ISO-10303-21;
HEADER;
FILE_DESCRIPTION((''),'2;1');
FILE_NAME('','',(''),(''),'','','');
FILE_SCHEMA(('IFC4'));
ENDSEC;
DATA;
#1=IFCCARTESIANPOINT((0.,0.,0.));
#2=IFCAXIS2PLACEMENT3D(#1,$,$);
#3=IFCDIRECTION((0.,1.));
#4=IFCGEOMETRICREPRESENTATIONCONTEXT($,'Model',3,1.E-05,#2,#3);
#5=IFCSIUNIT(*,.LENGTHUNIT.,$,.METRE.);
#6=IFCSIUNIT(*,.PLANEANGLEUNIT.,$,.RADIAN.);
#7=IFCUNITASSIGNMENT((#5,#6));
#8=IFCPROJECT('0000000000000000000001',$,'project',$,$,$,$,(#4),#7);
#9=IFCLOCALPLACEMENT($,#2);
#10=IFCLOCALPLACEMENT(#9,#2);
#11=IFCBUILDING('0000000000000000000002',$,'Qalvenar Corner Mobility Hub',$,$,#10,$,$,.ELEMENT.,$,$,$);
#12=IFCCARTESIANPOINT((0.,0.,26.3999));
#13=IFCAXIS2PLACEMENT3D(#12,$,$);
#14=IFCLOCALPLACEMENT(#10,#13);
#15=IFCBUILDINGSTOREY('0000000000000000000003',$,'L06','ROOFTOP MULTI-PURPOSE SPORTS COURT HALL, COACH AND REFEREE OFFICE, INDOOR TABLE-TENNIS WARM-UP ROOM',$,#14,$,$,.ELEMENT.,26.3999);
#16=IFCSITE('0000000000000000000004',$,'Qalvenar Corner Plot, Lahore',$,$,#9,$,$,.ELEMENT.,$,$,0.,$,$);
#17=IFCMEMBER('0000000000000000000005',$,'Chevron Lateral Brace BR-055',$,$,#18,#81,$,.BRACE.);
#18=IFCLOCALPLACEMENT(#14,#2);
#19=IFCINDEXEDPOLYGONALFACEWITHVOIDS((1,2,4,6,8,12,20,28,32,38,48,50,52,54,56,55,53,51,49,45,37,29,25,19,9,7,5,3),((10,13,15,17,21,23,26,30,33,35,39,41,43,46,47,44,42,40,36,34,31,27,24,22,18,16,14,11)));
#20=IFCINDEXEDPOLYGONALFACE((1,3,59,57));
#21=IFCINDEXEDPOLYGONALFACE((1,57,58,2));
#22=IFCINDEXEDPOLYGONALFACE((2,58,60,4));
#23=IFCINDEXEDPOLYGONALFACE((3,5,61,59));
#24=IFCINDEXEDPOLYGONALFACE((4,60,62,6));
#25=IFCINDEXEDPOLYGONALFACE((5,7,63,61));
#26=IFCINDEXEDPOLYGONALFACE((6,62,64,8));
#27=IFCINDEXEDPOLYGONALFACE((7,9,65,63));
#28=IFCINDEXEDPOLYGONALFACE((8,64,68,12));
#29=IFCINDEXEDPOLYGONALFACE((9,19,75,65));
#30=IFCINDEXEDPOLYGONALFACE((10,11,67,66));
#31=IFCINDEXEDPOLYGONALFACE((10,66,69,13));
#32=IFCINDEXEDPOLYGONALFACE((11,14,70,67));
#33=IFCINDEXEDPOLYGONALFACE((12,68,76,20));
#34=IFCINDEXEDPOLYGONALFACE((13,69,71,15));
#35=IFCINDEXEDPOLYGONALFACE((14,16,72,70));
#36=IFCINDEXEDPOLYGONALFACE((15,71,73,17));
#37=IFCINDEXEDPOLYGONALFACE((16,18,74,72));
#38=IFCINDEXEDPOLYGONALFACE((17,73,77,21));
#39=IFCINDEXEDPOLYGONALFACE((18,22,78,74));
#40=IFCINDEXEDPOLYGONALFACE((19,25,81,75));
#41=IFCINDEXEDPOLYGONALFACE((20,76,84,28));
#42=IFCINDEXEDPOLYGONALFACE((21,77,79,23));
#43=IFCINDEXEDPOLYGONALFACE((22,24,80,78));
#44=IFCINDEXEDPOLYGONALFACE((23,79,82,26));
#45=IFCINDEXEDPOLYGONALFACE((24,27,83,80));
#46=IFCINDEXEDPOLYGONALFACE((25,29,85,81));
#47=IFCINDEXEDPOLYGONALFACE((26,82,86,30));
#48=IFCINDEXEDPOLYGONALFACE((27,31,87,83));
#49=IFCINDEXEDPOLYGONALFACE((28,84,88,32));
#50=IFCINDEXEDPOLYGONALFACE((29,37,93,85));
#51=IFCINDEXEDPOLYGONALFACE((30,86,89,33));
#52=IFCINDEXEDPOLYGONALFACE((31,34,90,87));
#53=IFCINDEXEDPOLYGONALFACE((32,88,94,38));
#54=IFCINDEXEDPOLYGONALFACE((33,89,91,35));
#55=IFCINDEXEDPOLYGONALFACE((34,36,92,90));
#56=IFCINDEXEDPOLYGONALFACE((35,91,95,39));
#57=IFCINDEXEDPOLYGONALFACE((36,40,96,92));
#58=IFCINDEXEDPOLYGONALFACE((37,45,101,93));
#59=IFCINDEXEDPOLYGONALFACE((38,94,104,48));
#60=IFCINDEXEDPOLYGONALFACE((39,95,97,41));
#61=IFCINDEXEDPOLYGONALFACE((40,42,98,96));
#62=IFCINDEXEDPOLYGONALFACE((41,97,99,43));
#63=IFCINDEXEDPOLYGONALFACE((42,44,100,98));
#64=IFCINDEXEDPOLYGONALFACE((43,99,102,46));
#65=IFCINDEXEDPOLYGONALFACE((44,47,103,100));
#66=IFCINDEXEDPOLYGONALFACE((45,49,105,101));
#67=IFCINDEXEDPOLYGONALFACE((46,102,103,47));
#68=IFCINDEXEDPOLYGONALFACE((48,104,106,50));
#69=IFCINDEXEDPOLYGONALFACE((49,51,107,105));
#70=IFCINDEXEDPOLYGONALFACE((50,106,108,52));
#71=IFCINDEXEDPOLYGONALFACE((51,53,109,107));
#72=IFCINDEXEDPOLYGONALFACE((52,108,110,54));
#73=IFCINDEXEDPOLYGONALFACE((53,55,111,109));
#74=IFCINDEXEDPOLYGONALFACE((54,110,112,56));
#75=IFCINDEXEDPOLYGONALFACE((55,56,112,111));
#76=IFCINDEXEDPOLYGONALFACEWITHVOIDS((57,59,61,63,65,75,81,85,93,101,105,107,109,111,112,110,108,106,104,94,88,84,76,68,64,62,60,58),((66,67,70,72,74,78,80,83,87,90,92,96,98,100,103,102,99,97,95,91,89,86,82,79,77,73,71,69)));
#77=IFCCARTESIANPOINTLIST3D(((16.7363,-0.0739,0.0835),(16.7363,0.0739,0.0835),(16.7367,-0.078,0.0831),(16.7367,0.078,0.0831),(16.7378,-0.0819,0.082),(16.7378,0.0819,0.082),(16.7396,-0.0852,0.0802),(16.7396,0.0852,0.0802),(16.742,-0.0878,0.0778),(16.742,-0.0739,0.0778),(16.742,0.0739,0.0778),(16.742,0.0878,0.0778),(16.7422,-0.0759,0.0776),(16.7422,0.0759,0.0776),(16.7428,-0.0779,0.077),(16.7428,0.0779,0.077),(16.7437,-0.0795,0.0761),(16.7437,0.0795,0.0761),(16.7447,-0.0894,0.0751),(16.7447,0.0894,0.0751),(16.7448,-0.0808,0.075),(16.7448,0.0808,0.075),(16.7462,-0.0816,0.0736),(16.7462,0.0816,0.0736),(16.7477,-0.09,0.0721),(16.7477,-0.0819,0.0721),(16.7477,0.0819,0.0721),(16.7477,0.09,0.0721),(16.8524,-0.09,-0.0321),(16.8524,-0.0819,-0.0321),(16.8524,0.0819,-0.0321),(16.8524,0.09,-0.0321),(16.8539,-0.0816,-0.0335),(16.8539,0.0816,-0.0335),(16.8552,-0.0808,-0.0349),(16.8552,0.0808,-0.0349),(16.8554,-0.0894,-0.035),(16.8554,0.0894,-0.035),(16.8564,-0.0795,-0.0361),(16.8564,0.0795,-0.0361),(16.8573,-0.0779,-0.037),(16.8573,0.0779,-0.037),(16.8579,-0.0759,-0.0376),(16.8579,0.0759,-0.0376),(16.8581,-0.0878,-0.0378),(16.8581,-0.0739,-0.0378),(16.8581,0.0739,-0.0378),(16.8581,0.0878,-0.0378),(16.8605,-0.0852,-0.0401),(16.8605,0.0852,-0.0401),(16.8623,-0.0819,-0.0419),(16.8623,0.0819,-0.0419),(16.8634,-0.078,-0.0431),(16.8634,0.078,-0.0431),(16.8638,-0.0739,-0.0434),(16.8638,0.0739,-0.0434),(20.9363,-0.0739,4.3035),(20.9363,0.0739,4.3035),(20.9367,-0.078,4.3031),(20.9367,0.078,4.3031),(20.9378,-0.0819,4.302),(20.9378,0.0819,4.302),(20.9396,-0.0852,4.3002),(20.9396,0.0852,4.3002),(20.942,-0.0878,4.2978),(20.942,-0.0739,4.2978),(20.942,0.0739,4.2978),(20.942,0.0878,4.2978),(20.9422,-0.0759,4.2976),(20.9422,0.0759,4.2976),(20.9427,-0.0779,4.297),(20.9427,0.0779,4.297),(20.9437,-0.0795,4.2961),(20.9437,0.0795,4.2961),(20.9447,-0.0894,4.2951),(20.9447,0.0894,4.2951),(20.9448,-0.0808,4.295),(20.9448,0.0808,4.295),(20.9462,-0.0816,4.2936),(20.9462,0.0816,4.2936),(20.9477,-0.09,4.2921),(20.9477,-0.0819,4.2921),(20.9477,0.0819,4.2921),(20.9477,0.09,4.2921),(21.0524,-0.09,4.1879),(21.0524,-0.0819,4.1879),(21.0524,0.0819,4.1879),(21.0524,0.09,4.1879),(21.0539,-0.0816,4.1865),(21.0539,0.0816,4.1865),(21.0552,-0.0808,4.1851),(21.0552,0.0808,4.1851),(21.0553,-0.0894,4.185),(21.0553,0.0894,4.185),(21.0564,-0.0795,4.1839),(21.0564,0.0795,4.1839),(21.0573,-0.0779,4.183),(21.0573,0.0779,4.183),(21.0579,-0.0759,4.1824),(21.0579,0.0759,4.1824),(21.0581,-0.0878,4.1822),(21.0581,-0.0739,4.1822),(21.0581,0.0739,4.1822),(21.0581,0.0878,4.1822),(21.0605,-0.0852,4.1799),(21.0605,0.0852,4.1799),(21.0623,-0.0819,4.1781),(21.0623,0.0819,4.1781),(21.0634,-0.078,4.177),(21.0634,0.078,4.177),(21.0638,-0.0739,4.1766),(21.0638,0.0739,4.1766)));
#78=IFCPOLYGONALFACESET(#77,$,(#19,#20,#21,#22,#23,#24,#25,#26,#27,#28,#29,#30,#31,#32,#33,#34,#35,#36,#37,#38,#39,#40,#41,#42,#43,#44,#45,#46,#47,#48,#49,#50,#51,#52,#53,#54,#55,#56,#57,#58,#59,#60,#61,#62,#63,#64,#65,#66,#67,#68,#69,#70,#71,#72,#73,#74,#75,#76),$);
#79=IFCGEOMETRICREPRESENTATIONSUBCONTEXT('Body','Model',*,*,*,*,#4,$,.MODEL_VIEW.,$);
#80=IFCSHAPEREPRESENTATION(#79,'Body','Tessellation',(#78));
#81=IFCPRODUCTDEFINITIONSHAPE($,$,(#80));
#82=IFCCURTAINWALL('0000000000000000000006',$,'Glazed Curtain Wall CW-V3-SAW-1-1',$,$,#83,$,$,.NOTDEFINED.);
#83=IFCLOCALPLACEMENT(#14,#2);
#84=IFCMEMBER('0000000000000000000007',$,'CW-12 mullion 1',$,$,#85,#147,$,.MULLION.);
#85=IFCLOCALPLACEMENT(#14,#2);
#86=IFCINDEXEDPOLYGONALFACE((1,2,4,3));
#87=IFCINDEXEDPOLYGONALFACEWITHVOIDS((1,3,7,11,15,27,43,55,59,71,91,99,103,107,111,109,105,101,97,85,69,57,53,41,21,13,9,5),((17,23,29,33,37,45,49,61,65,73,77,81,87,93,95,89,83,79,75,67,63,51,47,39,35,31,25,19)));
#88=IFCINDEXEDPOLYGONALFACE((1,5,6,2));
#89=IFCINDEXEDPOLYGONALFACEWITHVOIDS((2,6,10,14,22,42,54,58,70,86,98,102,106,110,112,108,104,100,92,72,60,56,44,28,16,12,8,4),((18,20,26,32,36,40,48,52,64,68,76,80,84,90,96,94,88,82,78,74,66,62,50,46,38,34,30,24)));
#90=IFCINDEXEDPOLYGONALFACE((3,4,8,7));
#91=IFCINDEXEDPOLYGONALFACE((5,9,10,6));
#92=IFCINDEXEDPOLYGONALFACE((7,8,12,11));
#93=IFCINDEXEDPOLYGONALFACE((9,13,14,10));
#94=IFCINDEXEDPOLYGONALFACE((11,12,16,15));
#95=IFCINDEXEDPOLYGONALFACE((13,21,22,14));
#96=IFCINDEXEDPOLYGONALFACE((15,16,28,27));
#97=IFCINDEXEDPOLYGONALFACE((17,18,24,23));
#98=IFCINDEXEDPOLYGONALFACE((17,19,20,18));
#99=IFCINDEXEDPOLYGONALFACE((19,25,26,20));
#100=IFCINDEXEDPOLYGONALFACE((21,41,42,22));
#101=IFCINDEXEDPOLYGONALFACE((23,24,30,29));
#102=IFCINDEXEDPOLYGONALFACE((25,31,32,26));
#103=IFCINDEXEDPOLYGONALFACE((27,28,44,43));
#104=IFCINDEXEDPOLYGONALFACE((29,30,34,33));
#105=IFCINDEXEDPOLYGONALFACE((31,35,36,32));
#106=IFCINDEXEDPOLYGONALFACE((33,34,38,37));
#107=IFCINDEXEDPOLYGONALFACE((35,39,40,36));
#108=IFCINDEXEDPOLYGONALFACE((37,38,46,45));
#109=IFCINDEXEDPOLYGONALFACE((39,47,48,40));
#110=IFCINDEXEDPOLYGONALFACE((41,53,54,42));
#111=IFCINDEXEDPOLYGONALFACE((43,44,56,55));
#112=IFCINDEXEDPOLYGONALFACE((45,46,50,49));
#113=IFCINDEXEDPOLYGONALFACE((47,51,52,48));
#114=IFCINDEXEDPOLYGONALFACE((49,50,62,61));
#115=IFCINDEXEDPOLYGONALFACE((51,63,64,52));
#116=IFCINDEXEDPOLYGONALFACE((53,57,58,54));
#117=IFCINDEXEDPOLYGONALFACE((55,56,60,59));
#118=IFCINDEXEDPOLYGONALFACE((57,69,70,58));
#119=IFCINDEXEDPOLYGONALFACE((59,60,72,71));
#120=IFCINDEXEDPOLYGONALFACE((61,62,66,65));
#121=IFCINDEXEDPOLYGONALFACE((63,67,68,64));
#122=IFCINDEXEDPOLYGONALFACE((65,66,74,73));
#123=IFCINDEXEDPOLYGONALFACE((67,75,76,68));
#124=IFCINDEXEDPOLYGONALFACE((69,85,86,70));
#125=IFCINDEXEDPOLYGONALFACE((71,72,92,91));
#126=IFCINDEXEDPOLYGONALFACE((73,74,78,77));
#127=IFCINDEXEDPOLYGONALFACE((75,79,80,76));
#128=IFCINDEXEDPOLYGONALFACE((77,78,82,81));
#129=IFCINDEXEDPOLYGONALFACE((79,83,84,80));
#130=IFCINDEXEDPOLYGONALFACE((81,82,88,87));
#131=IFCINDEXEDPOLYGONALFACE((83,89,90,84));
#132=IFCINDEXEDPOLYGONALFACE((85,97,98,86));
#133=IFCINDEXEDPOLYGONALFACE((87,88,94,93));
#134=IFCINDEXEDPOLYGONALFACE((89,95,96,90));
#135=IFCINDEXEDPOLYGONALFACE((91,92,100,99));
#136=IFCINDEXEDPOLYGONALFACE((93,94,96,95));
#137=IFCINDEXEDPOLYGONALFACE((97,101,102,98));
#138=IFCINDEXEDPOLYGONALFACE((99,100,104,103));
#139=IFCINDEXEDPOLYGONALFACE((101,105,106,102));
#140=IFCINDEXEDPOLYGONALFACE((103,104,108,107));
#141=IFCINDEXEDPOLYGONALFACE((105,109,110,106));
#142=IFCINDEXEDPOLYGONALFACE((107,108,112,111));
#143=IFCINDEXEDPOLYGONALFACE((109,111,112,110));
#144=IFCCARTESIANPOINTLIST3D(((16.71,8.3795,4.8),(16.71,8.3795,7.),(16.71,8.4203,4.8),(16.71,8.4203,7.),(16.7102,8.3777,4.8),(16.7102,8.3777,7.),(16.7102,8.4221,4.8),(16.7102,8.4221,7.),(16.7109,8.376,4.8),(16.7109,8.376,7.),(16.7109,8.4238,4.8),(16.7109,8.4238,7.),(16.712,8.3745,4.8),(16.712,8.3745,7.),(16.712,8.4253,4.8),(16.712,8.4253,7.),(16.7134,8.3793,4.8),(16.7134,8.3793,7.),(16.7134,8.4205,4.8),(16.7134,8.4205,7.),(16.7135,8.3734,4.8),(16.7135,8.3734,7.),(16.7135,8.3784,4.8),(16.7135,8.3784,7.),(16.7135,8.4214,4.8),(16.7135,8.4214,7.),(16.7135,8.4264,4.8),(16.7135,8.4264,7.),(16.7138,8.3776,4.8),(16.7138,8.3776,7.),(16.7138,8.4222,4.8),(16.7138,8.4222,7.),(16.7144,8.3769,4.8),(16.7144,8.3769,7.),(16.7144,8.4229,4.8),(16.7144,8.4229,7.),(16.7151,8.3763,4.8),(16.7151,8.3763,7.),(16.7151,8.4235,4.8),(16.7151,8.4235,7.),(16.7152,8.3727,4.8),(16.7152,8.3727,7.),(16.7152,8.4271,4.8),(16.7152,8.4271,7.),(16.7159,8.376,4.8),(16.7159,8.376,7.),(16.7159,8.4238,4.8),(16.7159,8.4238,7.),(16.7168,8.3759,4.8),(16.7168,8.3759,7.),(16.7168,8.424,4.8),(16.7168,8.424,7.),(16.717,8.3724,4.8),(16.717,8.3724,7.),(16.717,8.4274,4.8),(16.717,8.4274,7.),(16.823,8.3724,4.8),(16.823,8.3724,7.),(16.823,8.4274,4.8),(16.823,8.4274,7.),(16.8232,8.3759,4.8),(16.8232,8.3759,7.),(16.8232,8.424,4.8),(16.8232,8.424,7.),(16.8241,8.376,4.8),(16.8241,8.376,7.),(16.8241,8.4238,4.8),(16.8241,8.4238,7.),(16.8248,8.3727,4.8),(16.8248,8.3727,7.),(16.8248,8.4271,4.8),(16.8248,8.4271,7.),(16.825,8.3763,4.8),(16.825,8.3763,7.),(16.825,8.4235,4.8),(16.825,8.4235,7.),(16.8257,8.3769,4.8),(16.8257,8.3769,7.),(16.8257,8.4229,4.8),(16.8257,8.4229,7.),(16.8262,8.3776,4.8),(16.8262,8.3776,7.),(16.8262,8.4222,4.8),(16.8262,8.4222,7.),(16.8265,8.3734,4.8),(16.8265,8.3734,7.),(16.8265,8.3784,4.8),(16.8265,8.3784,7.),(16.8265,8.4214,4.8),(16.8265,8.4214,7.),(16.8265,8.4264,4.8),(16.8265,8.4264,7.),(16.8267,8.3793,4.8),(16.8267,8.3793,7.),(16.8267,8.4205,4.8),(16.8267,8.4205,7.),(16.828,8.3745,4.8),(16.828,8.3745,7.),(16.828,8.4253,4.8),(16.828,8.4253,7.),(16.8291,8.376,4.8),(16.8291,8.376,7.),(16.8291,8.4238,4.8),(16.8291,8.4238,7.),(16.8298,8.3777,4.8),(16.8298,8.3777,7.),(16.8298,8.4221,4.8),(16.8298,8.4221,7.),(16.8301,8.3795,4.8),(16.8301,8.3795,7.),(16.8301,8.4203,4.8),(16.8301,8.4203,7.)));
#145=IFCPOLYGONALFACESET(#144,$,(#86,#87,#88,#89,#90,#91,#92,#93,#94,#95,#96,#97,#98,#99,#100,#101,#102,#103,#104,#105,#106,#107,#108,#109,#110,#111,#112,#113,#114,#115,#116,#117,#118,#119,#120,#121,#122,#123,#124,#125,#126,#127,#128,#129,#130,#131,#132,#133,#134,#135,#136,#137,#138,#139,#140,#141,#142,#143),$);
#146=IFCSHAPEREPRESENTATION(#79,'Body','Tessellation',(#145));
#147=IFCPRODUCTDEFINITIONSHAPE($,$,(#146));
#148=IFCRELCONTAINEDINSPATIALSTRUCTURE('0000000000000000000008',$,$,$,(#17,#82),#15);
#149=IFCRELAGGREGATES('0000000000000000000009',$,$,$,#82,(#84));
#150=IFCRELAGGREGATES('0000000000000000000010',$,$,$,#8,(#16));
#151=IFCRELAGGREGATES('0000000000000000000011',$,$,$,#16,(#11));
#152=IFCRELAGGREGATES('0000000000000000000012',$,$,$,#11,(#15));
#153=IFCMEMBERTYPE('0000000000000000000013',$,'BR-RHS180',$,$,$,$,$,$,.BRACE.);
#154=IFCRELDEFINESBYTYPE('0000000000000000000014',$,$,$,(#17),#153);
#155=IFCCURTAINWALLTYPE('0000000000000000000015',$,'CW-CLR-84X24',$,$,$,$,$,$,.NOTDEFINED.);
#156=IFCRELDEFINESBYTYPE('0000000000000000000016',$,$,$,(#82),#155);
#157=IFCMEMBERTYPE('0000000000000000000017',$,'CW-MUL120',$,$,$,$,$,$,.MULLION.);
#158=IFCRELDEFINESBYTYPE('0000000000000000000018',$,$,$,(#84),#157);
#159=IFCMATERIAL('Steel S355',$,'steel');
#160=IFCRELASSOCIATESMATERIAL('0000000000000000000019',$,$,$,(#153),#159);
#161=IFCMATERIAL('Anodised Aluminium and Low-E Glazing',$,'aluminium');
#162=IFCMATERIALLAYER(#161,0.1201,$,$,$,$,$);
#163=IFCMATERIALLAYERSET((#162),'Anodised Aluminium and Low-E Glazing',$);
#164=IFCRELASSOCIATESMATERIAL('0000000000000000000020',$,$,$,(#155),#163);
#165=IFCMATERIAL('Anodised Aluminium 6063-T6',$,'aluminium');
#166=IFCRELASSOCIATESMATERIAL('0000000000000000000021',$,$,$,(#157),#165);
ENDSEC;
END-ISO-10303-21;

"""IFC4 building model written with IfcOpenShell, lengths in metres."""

from ifc_helpers import new_model, si_unit, direction, frame, origin, origin_2d, place, context, subcontext, project, spatial, hollow_rectangle, extrude, material, layer, layer_set, material_profile, profile_set, type_object, element, aggregate, save


model = new_model("IFC4")

# Units and contexts
model_context = context("Model", 3, precision=1e-05, world=origin(), true_north=direction((0.0, 1.0)))
body_context = subcontext(model_context, "Body", "Model", "MODEL_VIEW")
ifc_project = project(units=[si_unit("LENGTHUNIT", "METRE"), si_unit("PLANEANGLEUNIT", "RADIAN")], contexts=[model_context])

# Site, building, storey
site_placement = place(None, origin())
site = spatial("IfcSite", under=ifc_project, at=site_placement, Name="Qalvenar Corner Plot, Lahore", CompositionType="ELEMENT", RefElevation=0.0)
building_placement = place(site_placement, origin())
building = spatial("IfcBuilding", under=site, at=building_placement, Name="Qalvenar Corner Mobility Hub", CompositionType="ELEMENT")
storey_placement = place(building_placement, frame((0.0, 0.0, 26.3999)))
storey = spatial("IfcBuildingStorey", under=building, at=storey_placement, Name="L06", Description="ROOFTOP MULTI-PURPOSE SPORTS COURT HALL, COACH AND REFEREE OFFICE, INDOOR TABLE-TENNIS WARM-UP ROOM", CompositionType="ELEMENT", Elevation=26.3999)

# Shared definitions
ifc_material_1 = material(Name="Steel S355", Category="steel")

# Member
ifc_material_profile_1 = material_profile(ifc_material_1, hollow_rectangle(XDim=0.1799, YDim=0.1799, WallThickness=0.0081, InnerFilletRadius=0.0081, OuterFilletRadius=0.0161, at=origin_2d()), Name="SHS180x180x8")
ifc_profile_set_1 = profile_set([ifc_material_profile_1], Name="Steel S355")
member_type_1 = type_object("IfcMemberType", Name="BR-RHS180", PredefinedType="BRACE", material=ifc_profile_set_1)
member_1_placement = place(storey_placement, frame((16.8, 0.0, 0.02), z_axis=(0.705424, 0.0, 0.708786), x_axis=(0.0, 1.0, 0.0)))
element("IfcMember", 1, at=member_1_placement, inside=storey, type_object=member_type_1, Name="Chevron Lateral Brace BR-055", PredefinedType="BRACE", context=body_context, shape_type="SweptSolid", body=[
    extrude(hollow_rectangle(XDim=0.1799, YDim=0.1799, WallThickness=0.0081, InnerFilletRadius=0.0081, OuterFilletRadius=0.0161, at=origin_2d()), origin(), (0.0, 0.0, 1.0), 5.9539),
])

# Curtain wall, member
ifc_material_2 = material(Name="Anodised Aluminium and Low-E Glazing", Category="aluminium")
ifc_layer_1 = layer(ifc_material_2, 0.1201)
ifc_layer_set_1 = layer_set([ifc_layer_1], Name="Anodised Aluminium and Low-E Glazing")
curtain_wall_type = type_object("IfcCurtainWallType", Name="CW-CLR-84X24", PredefinedType="NOTDEFINED", material=ifc_layer_set_1)
curtain_wall_placement = place(storey_placement, origin())
curtain_wall = element("IfcCurtainWall", 2, at=curtain_wall_placement, inside=storey, type_object=curtain_wall_type, Name="Glazed Curtain Wall CW-V3-SAW-1-1", PredefinedType="NOTDEFINED")
ifc_material_3 = material(Name="Anodised Aluminium 6063-T6", Category="aluminium")
ifc_material_profile_2 = material_profile(ifc_material_3, hollow_rectangle(XDim=0.0549, YDim=0.1201, WallThickness=0.0034, InnerFilletRadius=0.0034, OuterFilletRadius=0.0071, at=origin_2d()), Name="RHS120x55x3.5")
ifc_profile_set_2 = profile_set([ifc_material_profile_2], Name="Anodised Aluminium 6063-T6")
member_type_2 = type_object("IfcMemberType", Name="CW-MUL120", PredefinedType="MULLION", material=ifc_profile_set_2)
member_2_placement = place(storey_placement, frame((16.77, 8.3999, 4.8), z_axis=(0.0, 0.0, 1.0), x_axis=(0.0, -1.0, 0.0)))
member_2 = element("IfcMember", 3, at=member_2_placement, type_object=member_type_2, Name="CW-12 mullion 1", PredefinedType="MULLION", context=body_context, shape_type="SweptSolid", body=[
    extrude(hollow_rectangle(XDim=0.0549, YDim=0.1201, WallThickness=0.0034, InnerFilletRadius=0.0034, OuterFilletRadius=0.0071, at=origin_2d()), origin(), (0.0, 0.0, 1.0), 2.2),
])

aggregate(curtain_wall, [member_2])

save(model, "model.ifc")
